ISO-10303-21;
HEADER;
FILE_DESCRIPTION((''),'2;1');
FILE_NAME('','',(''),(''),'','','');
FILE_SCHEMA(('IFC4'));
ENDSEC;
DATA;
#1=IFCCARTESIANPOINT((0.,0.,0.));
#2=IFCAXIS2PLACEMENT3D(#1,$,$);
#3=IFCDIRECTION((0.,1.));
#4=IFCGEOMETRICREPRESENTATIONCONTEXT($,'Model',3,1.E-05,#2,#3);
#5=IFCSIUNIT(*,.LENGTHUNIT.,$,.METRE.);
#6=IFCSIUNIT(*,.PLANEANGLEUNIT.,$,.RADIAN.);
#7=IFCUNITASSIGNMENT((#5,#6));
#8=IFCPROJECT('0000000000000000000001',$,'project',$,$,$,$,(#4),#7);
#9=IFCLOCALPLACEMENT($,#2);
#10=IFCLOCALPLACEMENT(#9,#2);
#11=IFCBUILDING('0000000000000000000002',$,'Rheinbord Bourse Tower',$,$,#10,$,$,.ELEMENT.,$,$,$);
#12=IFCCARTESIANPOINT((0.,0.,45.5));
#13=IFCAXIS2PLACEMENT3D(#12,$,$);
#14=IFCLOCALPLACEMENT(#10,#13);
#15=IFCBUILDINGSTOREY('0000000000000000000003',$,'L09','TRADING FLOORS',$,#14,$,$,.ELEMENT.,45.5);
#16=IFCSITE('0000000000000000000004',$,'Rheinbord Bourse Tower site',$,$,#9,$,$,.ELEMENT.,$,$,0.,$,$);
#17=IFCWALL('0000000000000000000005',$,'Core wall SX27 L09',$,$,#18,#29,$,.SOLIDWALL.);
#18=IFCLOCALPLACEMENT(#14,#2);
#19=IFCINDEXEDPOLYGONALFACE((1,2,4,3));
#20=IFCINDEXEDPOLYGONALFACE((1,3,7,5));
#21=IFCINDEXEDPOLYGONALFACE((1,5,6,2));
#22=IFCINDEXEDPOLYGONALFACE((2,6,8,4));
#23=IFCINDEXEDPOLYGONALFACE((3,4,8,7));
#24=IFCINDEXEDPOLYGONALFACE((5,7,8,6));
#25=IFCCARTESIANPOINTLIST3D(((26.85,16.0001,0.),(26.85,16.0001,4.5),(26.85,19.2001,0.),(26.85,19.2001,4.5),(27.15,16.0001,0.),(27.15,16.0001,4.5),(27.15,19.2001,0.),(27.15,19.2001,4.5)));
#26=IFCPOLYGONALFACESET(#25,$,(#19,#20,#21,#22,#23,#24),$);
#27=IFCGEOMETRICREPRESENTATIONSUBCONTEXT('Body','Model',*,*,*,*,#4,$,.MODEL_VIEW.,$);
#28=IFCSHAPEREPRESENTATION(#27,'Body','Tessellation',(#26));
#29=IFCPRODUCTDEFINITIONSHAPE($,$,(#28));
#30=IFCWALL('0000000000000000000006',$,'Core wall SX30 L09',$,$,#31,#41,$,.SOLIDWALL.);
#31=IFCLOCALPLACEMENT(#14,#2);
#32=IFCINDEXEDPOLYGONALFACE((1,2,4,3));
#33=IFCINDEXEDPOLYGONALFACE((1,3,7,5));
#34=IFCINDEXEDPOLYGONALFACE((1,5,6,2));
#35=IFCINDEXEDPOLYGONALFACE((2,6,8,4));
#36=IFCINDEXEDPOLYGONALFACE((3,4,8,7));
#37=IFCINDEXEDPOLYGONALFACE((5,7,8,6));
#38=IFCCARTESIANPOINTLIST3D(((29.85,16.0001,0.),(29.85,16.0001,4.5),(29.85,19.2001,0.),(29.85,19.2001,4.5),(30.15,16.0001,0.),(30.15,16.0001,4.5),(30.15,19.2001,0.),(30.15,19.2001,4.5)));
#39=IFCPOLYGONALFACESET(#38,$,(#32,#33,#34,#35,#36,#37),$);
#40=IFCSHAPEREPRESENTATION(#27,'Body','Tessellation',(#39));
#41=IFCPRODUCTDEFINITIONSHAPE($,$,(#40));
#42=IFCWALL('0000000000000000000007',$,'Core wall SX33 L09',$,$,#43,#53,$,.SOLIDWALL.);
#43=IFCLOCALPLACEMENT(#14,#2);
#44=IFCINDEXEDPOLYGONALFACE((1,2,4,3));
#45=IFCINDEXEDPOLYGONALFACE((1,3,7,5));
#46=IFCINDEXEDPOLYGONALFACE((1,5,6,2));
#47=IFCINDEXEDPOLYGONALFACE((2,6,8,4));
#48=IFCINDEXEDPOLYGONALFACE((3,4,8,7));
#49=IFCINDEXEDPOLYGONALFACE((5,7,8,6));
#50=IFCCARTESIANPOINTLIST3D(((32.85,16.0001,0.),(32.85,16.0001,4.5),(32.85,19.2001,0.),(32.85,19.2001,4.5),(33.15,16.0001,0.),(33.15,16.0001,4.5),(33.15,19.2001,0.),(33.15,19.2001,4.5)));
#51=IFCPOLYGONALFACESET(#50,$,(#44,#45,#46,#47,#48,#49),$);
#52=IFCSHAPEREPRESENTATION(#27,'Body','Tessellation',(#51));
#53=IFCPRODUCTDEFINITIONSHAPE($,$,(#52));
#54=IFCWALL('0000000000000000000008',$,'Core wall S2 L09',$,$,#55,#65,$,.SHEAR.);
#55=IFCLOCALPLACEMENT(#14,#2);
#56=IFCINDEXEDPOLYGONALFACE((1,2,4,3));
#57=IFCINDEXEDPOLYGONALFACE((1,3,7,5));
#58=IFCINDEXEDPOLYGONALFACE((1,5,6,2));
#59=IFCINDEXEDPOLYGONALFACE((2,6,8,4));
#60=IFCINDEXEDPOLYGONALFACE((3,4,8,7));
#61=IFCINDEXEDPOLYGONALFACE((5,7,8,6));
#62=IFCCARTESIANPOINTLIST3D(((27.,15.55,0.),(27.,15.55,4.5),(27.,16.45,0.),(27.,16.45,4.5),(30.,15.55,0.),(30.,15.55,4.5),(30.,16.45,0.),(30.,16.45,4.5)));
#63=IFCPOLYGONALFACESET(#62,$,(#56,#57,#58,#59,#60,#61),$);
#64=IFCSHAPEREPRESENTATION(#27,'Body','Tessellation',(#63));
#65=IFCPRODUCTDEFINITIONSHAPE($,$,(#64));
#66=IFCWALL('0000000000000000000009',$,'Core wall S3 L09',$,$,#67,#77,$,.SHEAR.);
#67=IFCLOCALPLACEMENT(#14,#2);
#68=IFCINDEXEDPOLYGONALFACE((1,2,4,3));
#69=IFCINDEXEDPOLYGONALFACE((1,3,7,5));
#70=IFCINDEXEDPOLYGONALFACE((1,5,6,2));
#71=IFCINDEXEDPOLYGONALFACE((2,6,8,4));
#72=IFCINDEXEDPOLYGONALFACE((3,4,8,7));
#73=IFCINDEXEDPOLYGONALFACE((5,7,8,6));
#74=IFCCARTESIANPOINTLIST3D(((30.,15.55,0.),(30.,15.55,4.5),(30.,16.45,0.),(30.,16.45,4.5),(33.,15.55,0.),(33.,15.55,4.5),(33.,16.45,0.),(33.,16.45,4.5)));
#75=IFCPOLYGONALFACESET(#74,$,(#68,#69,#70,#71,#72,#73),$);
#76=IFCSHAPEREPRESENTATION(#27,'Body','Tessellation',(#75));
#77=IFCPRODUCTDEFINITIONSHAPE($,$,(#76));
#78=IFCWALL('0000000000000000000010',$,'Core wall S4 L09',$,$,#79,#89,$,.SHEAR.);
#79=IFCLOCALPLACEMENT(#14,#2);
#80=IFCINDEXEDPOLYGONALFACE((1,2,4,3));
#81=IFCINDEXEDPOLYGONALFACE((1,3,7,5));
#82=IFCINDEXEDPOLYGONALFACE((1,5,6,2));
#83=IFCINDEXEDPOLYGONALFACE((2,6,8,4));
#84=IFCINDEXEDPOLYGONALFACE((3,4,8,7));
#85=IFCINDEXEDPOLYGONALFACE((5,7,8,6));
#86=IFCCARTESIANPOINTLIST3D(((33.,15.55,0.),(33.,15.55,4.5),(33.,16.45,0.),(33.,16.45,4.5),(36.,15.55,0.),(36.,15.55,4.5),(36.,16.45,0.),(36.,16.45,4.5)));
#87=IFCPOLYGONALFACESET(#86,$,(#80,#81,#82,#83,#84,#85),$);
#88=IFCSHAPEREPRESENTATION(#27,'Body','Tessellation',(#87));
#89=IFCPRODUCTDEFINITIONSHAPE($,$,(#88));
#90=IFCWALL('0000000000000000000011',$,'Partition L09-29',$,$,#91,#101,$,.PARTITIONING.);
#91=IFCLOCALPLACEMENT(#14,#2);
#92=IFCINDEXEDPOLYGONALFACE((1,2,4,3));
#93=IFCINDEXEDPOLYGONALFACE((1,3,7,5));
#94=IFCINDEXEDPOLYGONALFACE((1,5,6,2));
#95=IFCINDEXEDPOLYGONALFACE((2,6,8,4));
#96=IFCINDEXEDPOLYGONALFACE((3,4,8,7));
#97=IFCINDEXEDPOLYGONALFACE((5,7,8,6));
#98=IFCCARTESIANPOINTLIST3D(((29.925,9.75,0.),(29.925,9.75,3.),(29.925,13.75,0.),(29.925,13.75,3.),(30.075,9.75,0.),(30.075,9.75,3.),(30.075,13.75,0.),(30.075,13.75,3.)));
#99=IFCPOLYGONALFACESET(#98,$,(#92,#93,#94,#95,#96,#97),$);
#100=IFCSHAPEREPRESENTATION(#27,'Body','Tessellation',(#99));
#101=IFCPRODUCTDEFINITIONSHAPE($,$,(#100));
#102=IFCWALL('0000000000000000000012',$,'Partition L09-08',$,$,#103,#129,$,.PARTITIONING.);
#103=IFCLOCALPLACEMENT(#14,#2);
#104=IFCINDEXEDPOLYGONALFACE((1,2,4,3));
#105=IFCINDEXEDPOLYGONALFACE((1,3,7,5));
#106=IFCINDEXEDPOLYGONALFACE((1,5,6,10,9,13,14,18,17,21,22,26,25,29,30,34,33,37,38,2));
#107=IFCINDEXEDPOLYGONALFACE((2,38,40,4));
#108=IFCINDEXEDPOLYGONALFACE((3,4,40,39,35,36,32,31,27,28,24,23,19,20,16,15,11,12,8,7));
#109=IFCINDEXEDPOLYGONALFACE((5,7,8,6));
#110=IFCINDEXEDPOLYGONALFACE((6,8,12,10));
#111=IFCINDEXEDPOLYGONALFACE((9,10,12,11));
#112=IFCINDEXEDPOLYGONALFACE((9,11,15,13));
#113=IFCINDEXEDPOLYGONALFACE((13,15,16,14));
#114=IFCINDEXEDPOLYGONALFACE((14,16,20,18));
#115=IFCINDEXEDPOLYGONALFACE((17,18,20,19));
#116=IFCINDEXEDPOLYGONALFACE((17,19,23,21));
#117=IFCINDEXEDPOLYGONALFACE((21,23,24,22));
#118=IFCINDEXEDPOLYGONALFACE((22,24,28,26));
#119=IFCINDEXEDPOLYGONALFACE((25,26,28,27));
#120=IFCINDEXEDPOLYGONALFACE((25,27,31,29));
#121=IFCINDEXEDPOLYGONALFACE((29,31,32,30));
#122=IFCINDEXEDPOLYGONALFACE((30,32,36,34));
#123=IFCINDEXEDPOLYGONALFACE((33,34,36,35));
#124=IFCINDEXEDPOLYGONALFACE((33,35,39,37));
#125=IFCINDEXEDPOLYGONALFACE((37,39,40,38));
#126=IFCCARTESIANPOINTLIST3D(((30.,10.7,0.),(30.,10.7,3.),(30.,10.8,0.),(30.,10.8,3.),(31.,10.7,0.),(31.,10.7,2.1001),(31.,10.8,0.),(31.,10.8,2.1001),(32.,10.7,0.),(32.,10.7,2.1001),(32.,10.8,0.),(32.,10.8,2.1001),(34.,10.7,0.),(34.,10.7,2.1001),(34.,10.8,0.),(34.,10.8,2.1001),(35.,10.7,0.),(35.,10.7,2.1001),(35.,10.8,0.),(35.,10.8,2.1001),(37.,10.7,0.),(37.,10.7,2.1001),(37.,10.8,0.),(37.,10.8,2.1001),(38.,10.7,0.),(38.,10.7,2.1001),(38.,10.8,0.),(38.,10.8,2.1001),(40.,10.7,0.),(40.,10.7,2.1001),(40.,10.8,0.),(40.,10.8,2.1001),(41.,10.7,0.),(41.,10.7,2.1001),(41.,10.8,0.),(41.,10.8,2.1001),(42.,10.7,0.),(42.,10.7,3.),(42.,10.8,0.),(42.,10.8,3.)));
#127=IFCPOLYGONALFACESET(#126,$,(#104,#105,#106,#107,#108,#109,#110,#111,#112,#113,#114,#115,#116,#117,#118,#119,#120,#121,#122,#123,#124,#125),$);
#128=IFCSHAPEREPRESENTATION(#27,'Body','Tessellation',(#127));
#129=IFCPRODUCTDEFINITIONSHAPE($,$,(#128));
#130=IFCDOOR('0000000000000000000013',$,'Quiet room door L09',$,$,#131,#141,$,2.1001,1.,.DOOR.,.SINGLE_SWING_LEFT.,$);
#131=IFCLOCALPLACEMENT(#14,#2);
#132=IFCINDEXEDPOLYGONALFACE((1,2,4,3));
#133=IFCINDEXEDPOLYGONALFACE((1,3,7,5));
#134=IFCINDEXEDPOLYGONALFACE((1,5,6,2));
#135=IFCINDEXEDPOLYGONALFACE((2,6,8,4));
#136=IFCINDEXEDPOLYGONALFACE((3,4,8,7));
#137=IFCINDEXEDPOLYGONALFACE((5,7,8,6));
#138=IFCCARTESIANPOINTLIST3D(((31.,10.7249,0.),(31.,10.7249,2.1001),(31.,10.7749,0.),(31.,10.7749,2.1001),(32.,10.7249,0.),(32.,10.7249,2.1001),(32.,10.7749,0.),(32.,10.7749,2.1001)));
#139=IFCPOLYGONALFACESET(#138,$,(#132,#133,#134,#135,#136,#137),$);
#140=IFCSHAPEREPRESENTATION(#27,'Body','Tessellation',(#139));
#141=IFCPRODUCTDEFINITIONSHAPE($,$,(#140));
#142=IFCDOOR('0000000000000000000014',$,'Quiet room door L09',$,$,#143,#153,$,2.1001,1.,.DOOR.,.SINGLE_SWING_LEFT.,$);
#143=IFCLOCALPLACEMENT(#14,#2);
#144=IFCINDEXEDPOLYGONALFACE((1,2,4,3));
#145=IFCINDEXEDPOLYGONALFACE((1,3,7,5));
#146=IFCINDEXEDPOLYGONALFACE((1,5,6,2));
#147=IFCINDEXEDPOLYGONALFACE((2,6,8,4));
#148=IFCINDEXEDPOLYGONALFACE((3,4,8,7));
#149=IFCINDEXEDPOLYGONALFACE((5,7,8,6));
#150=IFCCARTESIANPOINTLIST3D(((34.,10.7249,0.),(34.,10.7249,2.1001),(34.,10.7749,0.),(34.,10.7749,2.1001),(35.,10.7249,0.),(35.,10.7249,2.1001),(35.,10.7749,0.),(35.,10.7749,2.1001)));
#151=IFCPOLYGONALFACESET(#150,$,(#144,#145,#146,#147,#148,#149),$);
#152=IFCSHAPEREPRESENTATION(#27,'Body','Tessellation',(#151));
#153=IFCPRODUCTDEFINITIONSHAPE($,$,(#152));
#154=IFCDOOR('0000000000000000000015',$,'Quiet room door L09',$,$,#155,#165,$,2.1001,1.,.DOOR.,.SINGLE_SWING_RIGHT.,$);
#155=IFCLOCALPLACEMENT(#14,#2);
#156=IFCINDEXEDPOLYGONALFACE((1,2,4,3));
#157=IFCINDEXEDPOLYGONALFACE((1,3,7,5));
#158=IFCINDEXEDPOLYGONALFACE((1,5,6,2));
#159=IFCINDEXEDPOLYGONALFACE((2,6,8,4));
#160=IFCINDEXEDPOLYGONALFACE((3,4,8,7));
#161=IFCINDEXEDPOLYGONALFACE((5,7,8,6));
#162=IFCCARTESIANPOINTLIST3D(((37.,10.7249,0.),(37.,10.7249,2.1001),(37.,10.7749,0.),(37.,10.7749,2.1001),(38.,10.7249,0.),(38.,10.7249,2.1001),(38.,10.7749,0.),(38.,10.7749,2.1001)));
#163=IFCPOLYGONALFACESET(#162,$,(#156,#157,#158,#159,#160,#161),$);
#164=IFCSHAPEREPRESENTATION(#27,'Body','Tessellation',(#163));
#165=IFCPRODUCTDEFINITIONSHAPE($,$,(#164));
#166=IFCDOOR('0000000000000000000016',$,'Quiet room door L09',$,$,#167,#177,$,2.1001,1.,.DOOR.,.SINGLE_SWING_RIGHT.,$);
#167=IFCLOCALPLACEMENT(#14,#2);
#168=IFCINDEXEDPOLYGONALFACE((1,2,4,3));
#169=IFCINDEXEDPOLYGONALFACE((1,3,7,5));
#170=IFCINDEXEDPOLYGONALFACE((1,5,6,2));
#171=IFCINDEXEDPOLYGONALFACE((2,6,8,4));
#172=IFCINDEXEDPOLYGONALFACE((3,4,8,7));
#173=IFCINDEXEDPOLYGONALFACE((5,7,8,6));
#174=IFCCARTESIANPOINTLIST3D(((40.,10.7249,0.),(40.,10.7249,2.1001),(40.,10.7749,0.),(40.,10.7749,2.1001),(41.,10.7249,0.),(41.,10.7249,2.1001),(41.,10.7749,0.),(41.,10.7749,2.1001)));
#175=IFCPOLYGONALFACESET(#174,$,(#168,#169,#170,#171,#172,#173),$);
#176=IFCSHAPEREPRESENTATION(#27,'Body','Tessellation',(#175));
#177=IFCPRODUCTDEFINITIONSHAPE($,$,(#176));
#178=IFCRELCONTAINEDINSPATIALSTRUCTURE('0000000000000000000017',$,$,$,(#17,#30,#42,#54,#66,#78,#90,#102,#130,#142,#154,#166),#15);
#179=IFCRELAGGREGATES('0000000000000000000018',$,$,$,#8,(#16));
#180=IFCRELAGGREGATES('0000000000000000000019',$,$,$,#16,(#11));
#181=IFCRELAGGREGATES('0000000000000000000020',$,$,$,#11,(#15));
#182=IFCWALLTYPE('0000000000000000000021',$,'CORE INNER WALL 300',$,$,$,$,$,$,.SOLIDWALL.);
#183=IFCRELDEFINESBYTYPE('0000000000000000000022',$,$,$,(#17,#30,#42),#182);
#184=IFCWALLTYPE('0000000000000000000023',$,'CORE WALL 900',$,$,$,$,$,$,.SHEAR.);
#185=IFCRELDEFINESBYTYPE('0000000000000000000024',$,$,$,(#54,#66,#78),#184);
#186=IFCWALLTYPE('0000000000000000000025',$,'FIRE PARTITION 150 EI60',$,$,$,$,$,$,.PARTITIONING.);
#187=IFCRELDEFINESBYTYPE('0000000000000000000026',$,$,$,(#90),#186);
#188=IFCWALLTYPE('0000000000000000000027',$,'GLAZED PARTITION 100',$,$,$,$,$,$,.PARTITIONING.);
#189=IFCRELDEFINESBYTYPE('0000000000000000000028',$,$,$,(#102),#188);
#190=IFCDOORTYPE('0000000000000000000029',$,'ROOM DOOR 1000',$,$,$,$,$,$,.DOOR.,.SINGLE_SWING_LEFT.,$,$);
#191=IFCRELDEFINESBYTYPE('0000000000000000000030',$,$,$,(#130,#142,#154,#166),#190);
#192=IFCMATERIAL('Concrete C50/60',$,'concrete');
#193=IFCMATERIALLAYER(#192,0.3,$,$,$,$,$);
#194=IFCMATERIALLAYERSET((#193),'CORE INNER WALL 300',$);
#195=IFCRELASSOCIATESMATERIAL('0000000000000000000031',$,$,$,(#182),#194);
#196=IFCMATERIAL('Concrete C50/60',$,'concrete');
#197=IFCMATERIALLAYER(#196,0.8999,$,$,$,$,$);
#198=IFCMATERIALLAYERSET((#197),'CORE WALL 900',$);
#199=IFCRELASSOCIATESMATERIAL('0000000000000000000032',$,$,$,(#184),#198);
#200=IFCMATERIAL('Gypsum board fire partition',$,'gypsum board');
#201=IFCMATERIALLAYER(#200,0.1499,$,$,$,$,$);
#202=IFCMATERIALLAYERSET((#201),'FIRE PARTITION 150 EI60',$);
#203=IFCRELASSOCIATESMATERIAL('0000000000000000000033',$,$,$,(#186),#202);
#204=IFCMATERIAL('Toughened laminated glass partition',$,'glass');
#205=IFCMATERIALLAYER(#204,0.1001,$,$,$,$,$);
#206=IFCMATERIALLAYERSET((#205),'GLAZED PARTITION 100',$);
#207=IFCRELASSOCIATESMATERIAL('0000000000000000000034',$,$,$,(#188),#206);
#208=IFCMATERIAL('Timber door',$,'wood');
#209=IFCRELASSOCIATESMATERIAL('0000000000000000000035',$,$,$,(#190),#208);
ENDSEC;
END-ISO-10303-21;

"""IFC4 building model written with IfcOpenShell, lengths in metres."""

from ifc_helpers import new_model, si_unit, direction, frame, frame_2d, origin, place, context, subcontext, project, spatial, rectangle, extrude, material, layer, layer_set, type_object, element, fill, save


model = new_model("IFC4")

# Units and contexts
model_context = context("Model", 3, precision=1e-05, world=origin(), true_north=direction((0.0, 1.0)))
body_context = subcontext(model_context, "Body", "Model", "MODEL_VIEW")
ifc_project = project(units=[si_unit("LENGTHUNIT", "METRE"), si_unit("PLANEANGLEUNIT", "RADIAN")], contexts=[model_context])

# Site, building, storey
site_placement = place(None, origin())
site = spatial("IfcSite", under=ifc_project, at=site_placement, Name="Rheinbord Bourse Tower site", CompositionType="ELEMENT", RefElevation=0.0)
building_placement = place(site_placement, origin())
building = spatial("IfcBuilding", under=site, at=building_placement, Name="Rheinbord Bourse Tower", CompositionType="ELEMENT")
storey_placement = place(building_placement, frame((0.0, 0.0, 45.5)))
storey = spatial("IfcBuildingStorey", under=building, at=storey_placement, Name="L09", Description="TRADING FLOORS", CompositionType="ELEMENT", Elevation=45.5)

# Shared definitions
ifc_material_1 = material(Name="Concrete C50/60", Category="concrete")
ifc_layer_1 = layer(ifc_material_1, 0.3)
ifc_layer_set_1 = layer_set([ifc_layer_1], Name="CORE INNER WALL 300")
wall_type_1 = type_object("IfcWallType", Name="CORE INNER WALL 300", PredefinedType="SOLIDWALL", material=ifc_layer_set_1)

# Walls
for number, where, z_axis, x_axis, name in (
    (1, (27.0, 16.0, 0.0), (0.0, 0.0, 1.0), (0.0, 1.0, 0.0), "Core wall SX27 L09"),
    (2, (30.0, 16.0, 0.0), (0.0, 0.0, 1.0), (0.0, 1.0, 0.0), "Core wall SX30 L09"),
    (3, (33.0, 16.0, 0.0), (0.0, 0.0, 1.0), (0.0, 1.0, 0.0), "Core wall SX33 L09"),
):
    element("IfcWall", number, at=place(storey_placement, frame(where, z_axis=z_axis, x_axis=x_axis)), inside=storey, type_object=wall_type_1, Name=name, PredefinedType="SOLIDWALL", context=body_context, shape_type="SweptSolid", body=[
        extrude(rectangle(XDim=3.2, YDim=0.3, at=frame_2d((1.6001, 0.0))), origin(), (0.0, 0.0, 1.0), 4.5),
    ])
ifc_material_2 = material(Name="Concrete C50/60", Category="concrete")
ifc_layer_2 = layer(ifc_material_2, 0.8999)
ifc_layer_set_2 = layer_set([ifc_layer_2], Name="CORE WALL 900")
wall_type_2 = type_object("IfcWallType", Name="CORE WALL 900", PredefinedType="SHEAR", material=ifc_layer_set_2)
for number, where, z_axis, x_axis, name in (
    (4, (27.0, 16.0, 0.0), (0.0, 0.0, 1.0), (1.0, 0.0, 0.0), "Core wall S2 L09"),
    (5, (30.0, 16.0, 0.0), (0.0, 0.0, 1.0), (1.0, 0.0, 0.0), "Core wall S3 L09"),
    (6, (33.0, 16.0, 0.0), (0.0, 0.0, 1.0), (1.0, 0.0, 0.0), "Core wall S4 L09"),
):
    element("IfcWall", number, at=place(storey_placement, frame(where, z_axis=z_axis, x_axis=x_axis)), inside=storey, type_object=wall_type_2, Name=name, PredefinedType="SHEAR", context=body_context, shape_type="SweptSolid", body=[
        extrude(rectangle(XDim=3.0, YDim=0.8999, at=frame_2d((1.5, 0.0))), origin(), (0.0, 0.0, 1.0), 4.5),
    ])
ifc_material_3 = material(Name="Gypsum board fire partition", Category="gypsum board")
ifc_layer_3 = layer(ifc_material_3, 0.1499)
ifc_layer_set_3 = layer_set([ifc_layer_3], Name="FIRE PARTITION 150 EI60")
wall_type_3 = type_object("IfcWallType", Name="FIRE PARTITION 150 EI60", PredefinedType="PARTITIONING", material=ifc_layer_set_3)
wall_1_placement = place(storey_placement, frame((30.0, 9.75, 0.0), z_axis=(0.0, 0.0, 1.0), x_axis=(0.0, 1.0, 0.0)))
element("IfcWall", 7, at=wall_1_placement, inside=storey, type_object=wall_type_3, Name="Partition L09-29", PredefinedType="PARTITIONING", context=body_context, shape_type="SweptSolid", body=[
    extrude(rectangle(XDim=4.0, YDim=0.1499, at=frame_2d((2.0, 0.0))), origin(), (0.0, 0.0, 1.0), 3.0),
])

# Wall, openings, doors
ifc_material_4 = material(Name="Toughened laminated glass partition", Category="glass")
ifc_layer_4 = layer(ifc_material_4, 0.1001)
ifc_layer_set_4 = layer_set([ifc_layer_4], Name="GLAZED PARTITION 100")
wall_type_4 = type_object("IfcWallType", Name="GLAZED PARTITION 100", PredefinedType="PARTITIONING", material=ifc_layer_set_4)
wall_2_placement = place(storey_placement, frame((30.0, 10.75, 0.0), z_axis=(0.0, 0.0, 1.0), x_axis=(1.0, 0.0, 0.0)))
wall_2 = element("IfcWall", 8, at=wall_2_placement, inside=storey, type_object=wall_type_4, Name="Partition L09-08", PredefinedType="PARTITIONING", context=body_context, shape_type="SweptSolid", body=[
    extrude(rectangle(XDim=12.0, YDim=0.1001, at=frame_2d((6.0, 0.0))), origin(), (0.0, 0.0, 1.0), 3.0),
])
opening_1_placement = place(wall_2_placement, frame((1.0, 0.0, 0.0)))
opening_1 = element("IfcOpeningElement", 9, at=opening_1_placement, cuts=wall_2, PredefinedType="OPENING", context=body_context, shape_type="SweptSolid", body=[
    extrude(rectangle(XDim=1.0, YDim=2.1001, at=frame_2d((0.5, 1.05))), frame((0.0, 0.0601, 0.0), z_axis=(0.0, -1.0, 0.0), x_axis=(1.0, 0.0, 0.0)), (0.0, 0.0, 1.0), 0.1201),
])
opening_2_placement = place(wall_2_placement, frame((4.0, 0.0, 0.0)))
opening_2 = element("IfcOpeningElement", 10, at=opening_2_placement, cuts=wall_2, PredefinedType="OPENING", context=body_context, shape_type="SweptSolid", body=[
    extrude(rectangle(XDim=1.0, YDim=2.1001, at=frame_2d((0.5, 1.05))), frame((0.0, 0.0601, 0.0), z_axis=(0.0, -1.0, 0.0), x_axis=(1.0, 0.0, 0.0)), (0.0, 0.0, 1.0), 0.1201),
])
opening_3_placement = place(wall_2_placement, frame((7.0, 0.0, 0.0)))
opening_3 = element("IfcOpeningElement", 11, at=opening_3_placement, cuts=wall_2, PredefinedType="OPENING", context=body_context, shape_type="SweptSolid", body=[
    extrude(rectangle(XDim=1.0, YDim=2.1001, at=frame_2d((0.5, 1.05))), frame((0.0, 0.0601, 0.0), z_axis=(0.0, -1.0, 0.0), x_axis=(1.0, 0.0, 0.0)), (0.0, 0.0, 1.0), 0.1201),
])
opening_4_placement = place(wall_2_placement, frame((10.0, 0.0, 0.0)))
opening_4 = element("IfcOpeningElement", 12, at=opening_4_placement, cuts=wall_2, PredefinedType="OPENING", context=body_context, shape_type="SweptSolid", body=[
    extrude(rectangle(XDim=1.0, YDim=2.1001, at=frame_2d((0.5, 1.05))), frame((0.0, 0.0601, 0.0), z_axis=(0.0, -1.0, 0.0), x_axis=(1.0, 0.0, 0.0)), (0.0, 0.0, 1.0), 0.1201),
])
ifc_material_5 = material(Name="Timber door", Category="wood")
door_type_1 = type_object("IfcDoorType", Name="ROOM DOOR 1000", OperationType="SINGLE_SWING_LEFT", PredefinedType="DOOR", material=ifc_material_5)
door_1_placement = place(opening_1_placement, origin())
door_1 = element("IfcDoor", 13, at=door_1_placement, inside=storey, type_object=door_type_1, Name="Quiet room door L09", OperationType="SINGLE_SWING_LEFT", OverallHeight=2.1001, OverallWidth=1.0, PredefinedType="DOOR", context=body_context, shape_type="SweptSolid", body=[
    extrude(rectangle(XDim=1.0, YDim=2.1001, at=frame_2d((0.5, 1.05))), frame((0.0, 0.0249, 0.0), z_axis=(0.0, -1.0, 0.0), x_axis=(1.0, 0.0, 0.0)), (0.0, 0.0, 1.0), 0.05),
])
fill(opening_1, door_1)
door_2_placement = place(opening_2_placement, origin())
door_2 = element("IfcDoor", 14, at=door_2_placement, inside=storey, type_object=door_type_1, Name="Quiet room door L09", OperationType="SINGLE_SWING_LEFT", OverallHeight=2.1001, OverallWidth=1.0, PredefinedType="DOOR", context=body_context, shape_type="SweptSolid", body=[
    extrude(rectangle(XDim=1.0, YDim=2.1001, at=frame_2d((0.5, 1.05))), frame((0.0, 0.0249, 0.0), z_axis=(0.0, -1.0, 0.0), x_axis=(1.0, 0.0, 0.0)), (0.0, 0.0, 1.0), 0.05),
])
fill(opening_2, door_2)
door_3_placement = place(opening_3_placement, origin())
door_3 = element("IfcDoor", 15, at=door_3_placement, inside=storey, type_object=door_type_1, Name="Quiet room door L09", OperationType="SINGLE_SWING_RIGHT", OverallHeight=2.1001, OverallWidth=1.0, PredefinedType="DOOR", context=body_context, shape_type="SweptSolid", body=[
    extrude(rectangle(XDim=1.0, YDim=2.1001, at=frame_2d((0.5, 1.05))), frame((0.0, 0.0249, 0.0), z_axis=(0.0, -1.0, 0.0), x_axis=(1.0, 0.0, 0.0)), (0.0, 0.0, 1.0), 0.05),
])
fill(opening_3, door_3)
door_4_placement = place(opening_4_placement, origin())
door_4 = element("IfcDoor", 16, at=door_4_placement, inside=storey, type_object=door_type_1, Name="Quiet room door L09", OperationType="SINGLE_SWING_RIGHT", OverallHeight=2.1001, OverallWidth=1.0, PredefinedType="DOOR", context=body_context, shape_type="SweptSolid", body=[
    extrude(rectangle(XDim=1.0, YDim=2.1001, at=frame_2d((0.5, 1.05))), frame((0.0, 0.0249, 0.0), z_axis=(0.0, -1.0, 0.0), x_axis=(1.0, 0.0, 0.0)), (0.0, 0.0, 1.0), 0.05),
])
fill(opening_4, door_4)

save(model, "model.ifc")
